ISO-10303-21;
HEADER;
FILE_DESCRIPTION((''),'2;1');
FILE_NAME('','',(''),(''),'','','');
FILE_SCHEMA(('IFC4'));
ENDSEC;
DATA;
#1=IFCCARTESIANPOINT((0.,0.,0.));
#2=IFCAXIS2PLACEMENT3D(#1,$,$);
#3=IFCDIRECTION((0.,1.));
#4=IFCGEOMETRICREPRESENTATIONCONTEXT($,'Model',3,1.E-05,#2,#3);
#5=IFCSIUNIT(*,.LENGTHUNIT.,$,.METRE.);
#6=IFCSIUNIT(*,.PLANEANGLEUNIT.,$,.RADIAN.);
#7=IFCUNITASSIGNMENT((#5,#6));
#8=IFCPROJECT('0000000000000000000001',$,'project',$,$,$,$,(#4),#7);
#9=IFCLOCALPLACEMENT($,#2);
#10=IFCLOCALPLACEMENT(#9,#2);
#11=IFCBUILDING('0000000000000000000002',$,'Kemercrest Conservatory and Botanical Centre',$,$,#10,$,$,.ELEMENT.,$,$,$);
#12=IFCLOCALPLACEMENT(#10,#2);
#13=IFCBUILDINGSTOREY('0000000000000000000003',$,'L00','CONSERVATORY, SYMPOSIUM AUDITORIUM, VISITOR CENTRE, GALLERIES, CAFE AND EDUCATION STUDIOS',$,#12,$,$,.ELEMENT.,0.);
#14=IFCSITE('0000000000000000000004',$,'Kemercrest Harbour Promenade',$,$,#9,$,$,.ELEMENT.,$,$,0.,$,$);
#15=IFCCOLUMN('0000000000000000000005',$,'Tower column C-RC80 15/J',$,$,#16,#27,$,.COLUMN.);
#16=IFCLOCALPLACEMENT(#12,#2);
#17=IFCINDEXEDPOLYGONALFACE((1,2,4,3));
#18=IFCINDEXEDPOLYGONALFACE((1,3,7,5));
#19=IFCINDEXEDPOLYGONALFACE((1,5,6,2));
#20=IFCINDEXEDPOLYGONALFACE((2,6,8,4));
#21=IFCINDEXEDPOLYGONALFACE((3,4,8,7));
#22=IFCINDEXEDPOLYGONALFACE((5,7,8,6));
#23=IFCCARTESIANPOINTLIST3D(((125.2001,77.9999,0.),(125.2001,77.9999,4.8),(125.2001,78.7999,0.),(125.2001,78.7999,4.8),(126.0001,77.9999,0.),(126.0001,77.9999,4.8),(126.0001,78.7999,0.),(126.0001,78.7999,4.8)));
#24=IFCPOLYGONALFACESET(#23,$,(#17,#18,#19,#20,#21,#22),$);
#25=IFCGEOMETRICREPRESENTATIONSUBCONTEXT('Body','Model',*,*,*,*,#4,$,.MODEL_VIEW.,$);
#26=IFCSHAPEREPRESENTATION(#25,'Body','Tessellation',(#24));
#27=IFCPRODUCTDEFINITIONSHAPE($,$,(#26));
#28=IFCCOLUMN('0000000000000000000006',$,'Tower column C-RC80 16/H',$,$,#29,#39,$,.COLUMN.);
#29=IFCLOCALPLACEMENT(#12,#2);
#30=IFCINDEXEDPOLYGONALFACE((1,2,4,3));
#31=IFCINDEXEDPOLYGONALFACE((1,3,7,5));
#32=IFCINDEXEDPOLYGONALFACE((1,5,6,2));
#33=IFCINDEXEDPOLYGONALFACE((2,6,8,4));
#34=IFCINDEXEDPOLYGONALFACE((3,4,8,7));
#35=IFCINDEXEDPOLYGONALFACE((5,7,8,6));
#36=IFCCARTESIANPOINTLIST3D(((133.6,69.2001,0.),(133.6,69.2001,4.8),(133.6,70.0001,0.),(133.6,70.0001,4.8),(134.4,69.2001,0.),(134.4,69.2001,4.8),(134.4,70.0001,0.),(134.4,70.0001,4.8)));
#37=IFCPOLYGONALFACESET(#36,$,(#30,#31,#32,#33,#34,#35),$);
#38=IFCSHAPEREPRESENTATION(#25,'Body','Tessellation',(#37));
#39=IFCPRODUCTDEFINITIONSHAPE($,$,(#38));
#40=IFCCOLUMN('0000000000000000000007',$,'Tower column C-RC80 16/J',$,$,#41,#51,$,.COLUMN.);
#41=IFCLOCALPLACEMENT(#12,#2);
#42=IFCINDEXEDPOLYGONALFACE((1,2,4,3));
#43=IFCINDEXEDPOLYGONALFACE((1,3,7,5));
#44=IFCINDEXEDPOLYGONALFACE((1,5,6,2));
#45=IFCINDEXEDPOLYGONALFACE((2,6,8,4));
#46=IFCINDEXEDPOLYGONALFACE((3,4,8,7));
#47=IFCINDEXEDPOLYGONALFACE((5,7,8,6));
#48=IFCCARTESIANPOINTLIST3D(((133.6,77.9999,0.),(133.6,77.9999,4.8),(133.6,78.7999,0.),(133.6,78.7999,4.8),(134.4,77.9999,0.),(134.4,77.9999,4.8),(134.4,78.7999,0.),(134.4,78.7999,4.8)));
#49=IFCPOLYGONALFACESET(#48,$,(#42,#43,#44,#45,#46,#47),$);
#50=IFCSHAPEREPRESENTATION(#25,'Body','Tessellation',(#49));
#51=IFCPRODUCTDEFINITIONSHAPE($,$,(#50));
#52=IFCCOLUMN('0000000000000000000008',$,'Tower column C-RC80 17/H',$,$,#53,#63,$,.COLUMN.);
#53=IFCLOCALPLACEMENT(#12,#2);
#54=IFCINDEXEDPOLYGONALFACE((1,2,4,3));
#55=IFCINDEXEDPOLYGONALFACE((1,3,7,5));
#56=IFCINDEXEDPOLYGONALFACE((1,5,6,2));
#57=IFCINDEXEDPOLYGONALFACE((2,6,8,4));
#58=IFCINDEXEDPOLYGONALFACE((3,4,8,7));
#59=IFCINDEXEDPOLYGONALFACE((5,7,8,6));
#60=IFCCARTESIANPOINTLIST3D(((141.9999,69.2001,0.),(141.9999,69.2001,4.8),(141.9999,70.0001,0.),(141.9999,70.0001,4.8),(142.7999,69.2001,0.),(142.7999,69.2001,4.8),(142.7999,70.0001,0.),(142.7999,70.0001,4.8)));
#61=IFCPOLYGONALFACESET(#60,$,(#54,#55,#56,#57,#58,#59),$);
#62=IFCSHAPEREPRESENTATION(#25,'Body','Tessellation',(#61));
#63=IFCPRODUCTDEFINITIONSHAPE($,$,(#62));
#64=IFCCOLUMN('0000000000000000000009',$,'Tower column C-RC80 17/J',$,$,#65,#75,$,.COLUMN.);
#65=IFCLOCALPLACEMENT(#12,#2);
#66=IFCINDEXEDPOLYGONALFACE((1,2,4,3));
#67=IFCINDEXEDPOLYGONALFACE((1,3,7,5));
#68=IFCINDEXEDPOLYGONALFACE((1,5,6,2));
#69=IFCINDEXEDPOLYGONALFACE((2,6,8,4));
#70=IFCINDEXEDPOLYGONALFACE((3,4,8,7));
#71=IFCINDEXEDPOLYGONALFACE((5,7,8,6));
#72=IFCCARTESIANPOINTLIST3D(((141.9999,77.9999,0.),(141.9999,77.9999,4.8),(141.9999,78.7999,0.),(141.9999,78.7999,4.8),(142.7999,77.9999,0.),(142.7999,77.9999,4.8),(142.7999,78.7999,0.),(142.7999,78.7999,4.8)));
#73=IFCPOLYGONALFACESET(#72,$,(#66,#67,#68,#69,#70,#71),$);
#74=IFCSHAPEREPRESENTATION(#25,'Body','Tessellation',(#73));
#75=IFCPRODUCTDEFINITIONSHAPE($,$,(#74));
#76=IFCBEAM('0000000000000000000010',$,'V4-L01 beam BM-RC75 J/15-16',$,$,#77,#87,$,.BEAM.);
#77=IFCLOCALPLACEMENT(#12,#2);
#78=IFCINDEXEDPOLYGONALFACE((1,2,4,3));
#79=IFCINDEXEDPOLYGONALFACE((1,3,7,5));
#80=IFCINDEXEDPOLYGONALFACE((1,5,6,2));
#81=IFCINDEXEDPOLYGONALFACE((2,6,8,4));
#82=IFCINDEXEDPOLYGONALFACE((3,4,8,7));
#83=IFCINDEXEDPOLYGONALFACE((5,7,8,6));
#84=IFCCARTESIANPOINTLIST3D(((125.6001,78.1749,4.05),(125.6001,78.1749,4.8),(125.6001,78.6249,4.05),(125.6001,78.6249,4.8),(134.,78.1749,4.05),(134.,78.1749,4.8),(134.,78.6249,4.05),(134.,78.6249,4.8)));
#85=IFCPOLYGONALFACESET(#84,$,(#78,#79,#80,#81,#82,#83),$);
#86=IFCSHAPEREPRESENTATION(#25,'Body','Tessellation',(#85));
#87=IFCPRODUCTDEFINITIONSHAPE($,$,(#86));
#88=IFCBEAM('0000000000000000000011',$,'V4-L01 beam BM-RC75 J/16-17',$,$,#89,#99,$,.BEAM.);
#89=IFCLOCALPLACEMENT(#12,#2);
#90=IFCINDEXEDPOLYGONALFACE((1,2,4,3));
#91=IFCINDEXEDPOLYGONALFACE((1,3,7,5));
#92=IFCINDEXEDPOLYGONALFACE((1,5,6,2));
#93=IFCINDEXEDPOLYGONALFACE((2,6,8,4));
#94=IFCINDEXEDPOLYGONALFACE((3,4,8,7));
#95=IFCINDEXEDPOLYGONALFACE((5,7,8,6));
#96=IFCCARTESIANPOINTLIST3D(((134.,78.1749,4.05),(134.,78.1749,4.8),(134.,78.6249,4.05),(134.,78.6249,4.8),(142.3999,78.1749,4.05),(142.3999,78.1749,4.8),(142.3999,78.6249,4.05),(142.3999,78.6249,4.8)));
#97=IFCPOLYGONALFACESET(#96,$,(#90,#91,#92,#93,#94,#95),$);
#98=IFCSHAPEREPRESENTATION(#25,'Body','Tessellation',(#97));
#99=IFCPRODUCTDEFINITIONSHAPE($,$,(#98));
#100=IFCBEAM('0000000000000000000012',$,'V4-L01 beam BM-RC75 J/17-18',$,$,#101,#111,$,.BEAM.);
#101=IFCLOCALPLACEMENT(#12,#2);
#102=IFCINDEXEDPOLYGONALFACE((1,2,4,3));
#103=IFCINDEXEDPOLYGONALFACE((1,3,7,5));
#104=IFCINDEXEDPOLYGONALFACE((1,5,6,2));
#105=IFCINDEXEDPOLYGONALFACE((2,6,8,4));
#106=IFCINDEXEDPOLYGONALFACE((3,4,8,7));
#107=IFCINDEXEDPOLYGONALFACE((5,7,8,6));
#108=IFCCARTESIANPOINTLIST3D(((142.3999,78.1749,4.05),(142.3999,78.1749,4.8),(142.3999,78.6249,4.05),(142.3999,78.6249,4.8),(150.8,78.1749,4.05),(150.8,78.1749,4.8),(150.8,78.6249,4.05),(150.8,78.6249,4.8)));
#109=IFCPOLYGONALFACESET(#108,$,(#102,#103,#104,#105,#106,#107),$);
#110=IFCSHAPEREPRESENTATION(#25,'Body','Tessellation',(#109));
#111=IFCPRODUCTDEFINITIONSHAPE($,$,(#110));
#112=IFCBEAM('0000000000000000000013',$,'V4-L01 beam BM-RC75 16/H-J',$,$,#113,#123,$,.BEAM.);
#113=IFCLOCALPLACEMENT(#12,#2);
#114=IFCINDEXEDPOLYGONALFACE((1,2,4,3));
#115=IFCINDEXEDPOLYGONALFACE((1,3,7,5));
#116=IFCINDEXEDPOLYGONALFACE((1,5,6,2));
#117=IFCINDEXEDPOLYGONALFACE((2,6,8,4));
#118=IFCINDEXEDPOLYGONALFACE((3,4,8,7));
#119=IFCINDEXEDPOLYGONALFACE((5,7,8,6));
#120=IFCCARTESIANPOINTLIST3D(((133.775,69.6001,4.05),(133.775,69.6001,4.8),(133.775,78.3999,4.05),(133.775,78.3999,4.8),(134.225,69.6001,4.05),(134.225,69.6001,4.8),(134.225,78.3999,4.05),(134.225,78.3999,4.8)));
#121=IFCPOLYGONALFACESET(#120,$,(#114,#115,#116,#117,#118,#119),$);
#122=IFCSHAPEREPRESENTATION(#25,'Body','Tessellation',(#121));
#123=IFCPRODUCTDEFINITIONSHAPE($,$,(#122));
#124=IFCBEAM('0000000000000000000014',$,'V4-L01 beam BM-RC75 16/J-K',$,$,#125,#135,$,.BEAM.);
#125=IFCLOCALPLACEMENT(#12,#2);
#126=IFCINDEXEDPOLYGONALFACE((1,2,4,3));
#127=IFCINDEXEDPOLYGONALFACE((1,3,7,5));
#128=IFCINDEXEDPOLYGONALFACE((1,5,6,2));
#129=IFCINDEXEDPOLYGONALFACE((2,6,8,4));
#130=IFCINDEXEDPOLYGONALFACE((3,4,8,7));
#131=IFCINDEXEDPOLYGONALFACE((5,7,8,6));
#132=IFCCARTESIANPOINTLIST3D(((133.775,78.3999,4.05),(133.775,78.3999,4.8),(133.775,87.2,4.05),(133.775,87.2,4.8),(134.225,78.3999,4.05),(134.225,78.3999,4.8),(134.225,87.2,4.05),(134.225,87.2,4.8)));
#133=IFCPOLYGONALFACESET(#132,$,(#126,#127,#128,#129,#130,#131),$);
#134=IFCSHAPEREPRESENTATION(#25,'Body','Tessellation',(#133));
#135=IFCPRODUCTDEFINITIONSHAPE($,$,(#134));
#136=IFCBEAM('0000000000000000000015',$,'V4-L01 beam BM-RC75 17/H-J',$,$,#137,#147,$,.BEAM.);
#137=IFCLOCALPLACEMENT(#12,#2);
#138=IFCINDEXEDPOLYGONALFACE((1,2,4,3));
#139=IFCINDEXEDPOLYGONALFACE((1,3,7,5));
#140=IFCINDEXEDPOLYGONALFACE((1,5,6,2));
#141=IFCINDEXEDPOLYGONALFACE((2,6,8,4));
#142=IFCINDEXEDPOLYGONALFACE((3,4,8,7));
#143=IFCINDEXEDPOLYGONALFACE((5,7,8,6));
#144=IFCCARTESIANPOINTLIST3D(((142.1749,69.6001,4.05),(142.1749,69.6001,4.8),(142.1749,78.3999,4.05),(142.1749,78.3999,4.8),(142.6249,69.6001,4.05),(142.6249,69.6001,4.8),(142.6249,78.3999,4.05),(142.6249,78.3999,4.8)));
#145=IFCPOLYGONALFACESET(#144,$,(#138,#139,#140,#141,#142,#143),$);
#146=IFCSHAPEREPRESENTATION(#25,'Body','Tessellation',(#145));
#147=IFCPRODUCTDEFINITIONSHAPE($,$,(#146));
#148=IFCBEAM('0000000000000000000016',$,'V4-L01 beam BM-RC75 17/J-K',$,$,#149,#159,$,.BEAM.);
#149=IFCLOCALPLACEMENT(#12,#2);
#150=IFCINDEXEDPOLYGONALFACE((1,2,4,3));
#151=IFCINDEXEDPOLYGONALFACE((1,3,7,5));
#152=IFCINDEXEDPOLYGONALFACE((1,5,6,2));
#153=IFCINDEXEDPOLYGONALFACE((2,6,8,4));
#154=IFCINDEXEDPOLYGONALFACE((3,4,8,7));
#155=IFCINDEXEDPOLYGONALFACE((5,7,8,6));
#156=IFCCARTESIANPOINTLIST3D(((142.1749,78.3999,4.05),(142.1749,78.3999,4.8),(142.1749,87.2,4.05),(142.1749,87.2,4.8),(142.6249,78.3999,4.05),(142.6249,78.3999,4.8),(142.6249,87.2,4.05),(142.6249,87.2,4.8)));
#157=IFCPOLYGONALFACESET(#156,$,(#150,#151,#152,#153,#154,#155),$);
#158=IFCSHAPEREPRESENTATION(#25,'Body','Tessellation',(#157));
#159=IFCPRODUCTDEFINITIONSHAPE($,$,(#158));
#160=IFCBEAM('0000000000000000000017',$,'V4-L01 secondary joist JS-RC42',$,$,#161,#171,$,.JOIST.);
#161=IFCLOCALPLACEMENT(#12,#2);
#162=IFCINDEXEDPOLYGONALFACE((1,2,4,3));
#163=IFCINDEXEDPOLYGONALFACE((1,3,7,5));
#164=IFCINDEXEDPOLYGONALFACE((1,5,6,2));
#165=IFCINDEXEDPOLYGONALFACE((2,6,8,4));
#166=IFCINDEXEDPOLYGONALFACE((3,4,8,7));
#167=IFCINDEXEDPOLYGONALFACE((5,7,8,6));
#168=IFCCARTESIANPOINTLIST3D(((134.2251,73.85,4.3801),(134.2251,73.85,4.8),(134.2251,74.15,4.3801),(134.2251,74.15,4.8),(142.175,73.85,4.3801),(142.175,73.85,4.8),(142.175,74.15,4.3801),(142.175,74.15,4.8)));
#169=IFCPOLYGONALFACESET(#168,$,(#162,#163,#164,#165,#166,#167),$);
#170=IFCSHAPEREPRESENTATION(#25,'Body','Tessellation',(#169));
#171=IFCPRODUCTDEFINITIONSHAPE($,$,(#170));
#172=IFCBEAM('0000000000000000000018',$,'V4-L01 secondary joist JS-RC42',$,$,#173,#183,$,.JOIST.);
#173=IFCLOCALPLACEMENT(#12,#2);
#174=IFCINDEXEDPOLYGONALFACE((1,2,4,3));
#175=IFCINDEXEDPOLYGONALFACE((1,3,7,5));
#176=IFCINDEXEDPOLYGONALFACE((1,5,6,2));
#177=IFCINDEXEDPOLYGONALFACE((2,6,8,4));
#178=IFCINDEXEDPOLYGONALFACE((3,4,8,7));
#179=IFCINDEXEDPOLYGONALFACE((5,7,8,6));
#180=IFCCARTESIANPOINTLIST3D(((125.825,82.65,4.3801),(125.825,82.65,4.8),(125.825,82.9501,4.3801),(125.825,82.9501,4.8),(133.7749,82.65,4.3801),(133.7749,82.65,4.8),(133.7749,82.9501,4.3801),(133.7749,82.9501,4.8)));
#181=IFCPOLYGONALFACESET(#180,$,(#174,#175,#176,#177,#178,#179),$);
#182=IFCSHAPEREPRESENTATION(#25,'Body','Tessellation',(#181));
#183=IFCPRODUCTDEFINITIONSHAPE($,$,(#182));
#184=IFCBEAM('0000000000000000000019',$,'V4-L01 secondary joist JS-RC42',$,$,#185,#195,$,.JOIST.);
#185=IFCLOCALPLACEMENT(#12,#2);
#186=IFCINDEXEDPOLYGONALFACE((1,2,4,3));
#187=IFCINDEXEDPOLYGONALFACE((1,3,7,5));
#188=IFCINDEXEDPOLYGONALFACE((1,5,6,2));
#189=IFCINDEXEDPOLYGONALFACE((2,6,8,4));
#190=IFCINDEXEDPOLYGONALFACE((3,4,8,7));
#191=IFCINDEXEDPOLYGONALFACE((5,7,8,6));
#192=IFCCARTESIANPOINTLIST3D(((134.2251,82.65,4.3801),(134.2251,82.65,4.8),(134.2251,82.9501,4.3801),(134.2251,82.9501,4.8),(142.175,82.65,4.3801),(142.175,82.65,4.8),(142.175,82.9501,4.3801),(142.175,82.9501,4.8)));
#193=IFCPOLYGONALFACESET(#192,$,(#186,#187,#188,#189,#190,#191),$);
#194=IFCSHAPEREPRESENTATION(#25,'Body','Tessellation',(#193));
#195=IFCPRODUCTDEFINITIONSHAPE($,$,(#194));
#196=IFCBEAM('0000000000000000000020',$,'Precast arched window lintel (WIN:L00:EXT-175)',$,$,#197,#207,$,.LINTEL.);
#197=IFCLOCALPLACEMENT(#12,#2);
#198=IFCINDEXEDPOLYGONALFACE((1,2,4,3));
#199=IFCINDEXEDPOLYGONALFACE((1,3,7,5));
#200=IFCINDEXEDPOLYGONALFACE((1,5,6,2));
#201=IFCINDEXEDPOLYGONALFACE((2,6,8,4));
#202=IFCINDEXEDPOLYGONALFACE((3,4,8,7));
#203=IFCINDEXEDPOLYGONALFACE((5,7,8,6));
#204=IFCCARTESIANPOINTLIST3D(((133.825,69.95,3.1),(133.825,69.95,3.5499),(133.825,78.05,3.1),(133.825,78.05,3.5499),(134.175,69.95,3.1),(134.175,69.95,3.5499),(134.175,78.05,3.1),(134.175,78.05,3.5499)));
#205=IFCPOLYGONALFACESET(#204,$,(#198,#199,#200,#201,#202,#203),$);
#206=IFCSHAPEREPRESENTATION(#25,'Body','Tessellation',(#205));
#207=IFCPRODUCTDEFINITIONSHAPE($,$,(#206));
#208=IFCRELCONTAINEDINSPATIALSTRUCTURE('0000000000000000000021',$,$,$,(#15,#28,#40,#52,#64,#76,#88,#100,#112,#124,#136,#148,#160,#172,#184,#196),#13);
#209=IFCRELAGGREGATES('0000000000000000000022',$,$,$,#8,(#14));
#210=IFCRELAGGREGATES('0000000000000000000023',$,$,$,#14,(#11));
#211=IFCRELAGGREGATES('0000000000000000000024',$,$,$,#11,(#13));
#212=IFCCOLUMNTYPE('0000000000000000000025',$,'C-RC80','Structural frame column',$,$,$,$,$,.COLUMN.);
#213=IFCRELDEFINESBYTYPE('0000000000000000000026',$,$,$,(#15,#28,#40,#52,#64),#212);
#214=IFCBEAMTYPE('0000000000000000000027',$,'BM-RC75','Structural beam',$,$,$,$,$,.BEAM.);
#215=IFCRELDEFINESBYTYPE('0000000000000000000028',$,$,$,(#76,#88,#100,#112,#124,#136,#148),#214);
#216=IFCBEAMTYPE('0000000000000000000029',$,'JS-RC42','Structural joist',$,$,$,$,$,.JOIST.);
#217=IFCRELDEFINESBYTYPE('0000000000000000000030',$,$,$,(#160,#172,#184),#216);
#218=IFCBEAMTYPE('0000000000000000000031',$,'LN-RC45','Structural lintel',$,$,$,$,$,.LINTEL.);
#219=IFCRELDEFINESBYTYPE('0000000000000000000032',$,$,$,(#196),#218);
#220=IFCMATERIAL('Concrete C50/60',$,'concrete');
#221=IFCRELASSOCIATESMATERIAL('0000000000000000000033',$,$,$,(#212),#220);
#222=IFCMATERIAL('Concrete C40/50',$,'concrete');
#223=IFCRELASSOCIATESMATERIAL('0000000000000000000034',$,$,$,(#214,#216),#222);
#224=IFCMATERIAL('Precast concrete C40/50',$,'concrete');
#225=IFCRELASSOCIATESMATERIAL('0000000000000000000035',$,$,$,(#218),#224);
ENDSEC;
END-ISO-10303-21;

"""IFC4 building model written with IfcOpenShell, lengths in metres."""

from ifc_helpers import new_model, si_unit, direction, frame, origin, origin_2d, place, context, subcontext, project, spatial, rectangle, extrude, material, material_profile, profile_set, type_object, element, save


model = new_model("IFC4")

# Units and contexts
model_context = context("Model", 3, precision=1e-05, world=origin(), true_north=direction((0.0, 1.0)))
body_context = subcontext(model_context, "Body", "Model", "MODEL_VIEW")
ifc_project = project(units=[si_unit("LENGTHUNIT", "METRE"), si_unit("PLANEANGLEUNIT", "RADIAN")], contexts=[model_context])

# Site, building, storey
site_placement = place(None, origin())
site = spatial("IfcSite", under=ifc_project, at=site_placement, Name="Kemercrest Harbour Promenade", CompositionType="ELEMENT", RefElevation=0.0)
building_placement = place(site_placement, origin())
building = spatial("IfcBuilding", under=site, at=building_placement, Name="Kemercrest Conservatory and Botanical Centre", CompositionType="ELEMENT")
storey_placement = place(building_placement, origin())
storey = spatial("IfcBuildingStorey", under=building, at=storey_placement, Name="L00", Description="CONSERVATORY, SYMPOSIUM AUDITORIUM, VISITOR CENTRE, GALLERIES, CAFE AND EDUCATION STUDIOS", CompositionType="ELEMENT", Elevation=0.0)

# Columns
ifc_material_1 = material(Name="Concrete C50/60", Category="concrete")
ifc_material_profile_1 = material_profile(ifc_material_1, rectangle(XDim=0.8, YDim=0.8, at=origin_2d()), Name="RC 800x800")
ifc_profile_set_1 = profile_set([ifc_material_profile_1], Name="Concrete C50/60")
column_type = type_object("IfcColumnType", Name="C-RC80", Description="Structural frame column", PredefinedType="COLUMN", material=ifc_profile_set_1)
for number, where, z_axis, x_axis, name in (
    (1, (125.6001, 78.3999, 0.0), (0.0, 0.0, 1.0), (1.0, 0.0, 0.0), "Tower column C-RC80 15/J"),
    (2, (134.0, 69.6001, 0.0), (0.0, 0.0, 1.0), (1.0, 0.0, 0.0), "Tower column C-RC80 16/H"),
    (3, (134.0, 78.3999, 0.0), (0.0, 0.0, 1.0), (1.0, 0.0, 0.0), "Tower column C-RC80 16/J"),
    (4, (142.3999, 69.6001, 0.0), (0.0, 0.0, 1.0), (1.0, 0.0, 0.0), "Tower column C-RC80 17/H"),
    (5, (142.3999, 78.3999, 0.0), (0.0, 0.0, 1.0), (1.0, 0.0, 0.0), "Tower column C-RC80 17/J"),
):
    element("IfcColumn", number, at=place(storey_placement, frame(where, z_axis=z_axis, x_axis=x_axis)), inside=storey, type_object=column_type, Name=name, PredefinedType="COLUMN", context=body_context, shape_type="SweptSolid", body=[
        extrude(rectangle(XDim=0.8, YDim=0.8, at=origin_2d()), origin(), (0.0, 0.0, 1.0), 4.8),
    ])

# Beams
ifc_material_2 = material(Name="Concrete C40/50", Category="concrete")
ifc_material_profile_2 = material_profile(ifc_material_2, rectangle(XDim=0.45, YDim=0.75, at=origin_2d()), Name="RC 450x750")
ifc_profile_set_2 = profile_set([ifc_material_profile_2], Name="Concrete C40/50")
beam_type_1 = type_object("IfcBeamType", Name="BM-RC75", Description="Structural beam", PredefinedType="BEAM", material=ifc_profile_set_2)
for number, where, z_axis, x_axis, name in (
    (6, (125.6001, 78.3999, 4.425), (1.0, 0.0, 0.0), (0.0, 1.0, 0.0), "V4-L01 beam BM-RC75 J/15-16"),
    (7, (134.0, 78.3999, 4.425), (1.0, 0.0, 0.0), (0.0, 1.0, 0.0), "V4-L01 beam BM-RC75 J/16-17"),
):
    element("IfcBeam", number, at=place(storey_placement, frame(where, z_axis=z_axis, x_axis=x_axis)), inside=storey, type_object=beam_type_1, Name=name, PredefinedType="BEAM", context=body_context, shape_type="SweptSolid", body=[
        extrude(rectangle(XDim=0.45, YDim=0.75, at=origin_2d()), origin(), (0.0, 0.0, 1.0), 8.3999),
    ])
beam_1_placement = place(storey_placement, frame((142.3999, 78.3999, 4.425), z_axis=(1.0, 0.0, 0.0), x_axis=(0.0, 1.0, 0.0)))
element("IfcBeam", 8, at=beam_1_placement, inside=storey, type_object=beam_type_1, Name="V4-L01 beam BM-RC75 J/17-18", PredefinedType="BEAM", context=body_context, shape_type="SweptSolid", body=[
    extrude(rectangle(XDim=0.45, YDim=0.75, at=origin_2d()), origin(), (0.0, 0.0, 1.0), 8.4001),
])
beam_2_placement = place(storey_placement, frame((134.0, 69.6001, 4.425), z_axis=(0.0, 1.0, 0.0), x_axis=(-1.0, 0.0, 0.0)))
element("IfcBeam", 9, at=beam_2_placement, inside=storey, type_object=beam_type_1, Name="V4-L01 beam BM-RC75 16/H-J", PredefinedType="BEAM", context=body_context, shape_type="SweptSolid", body=[
    extrude(rectangle(XDim=0.45, YDim=0.75, at=origin_2d()), origin(), (0.0, 0.0, 1.0), 8.7998),
])
beam_3_placement = place(storey_placement, frame((134.0, 78.3999, 4.425), z_axis=(0.0, 1.0, 0.0), x_axis=(-1.0, 0.0, 0.0)))
element("IfcBeam", 10, at=beam_3_placement, inside=storey, type_object=beam_type_1, Name="V4-L01 beam BM-RC75 16/J-K", PredefinedType="BEAM", context=body_context, shape_type="SweptSolid", body=[
    extrude(rectangle(XDim=0.45, YDim=0.75, at=origin_2d()), origin(), (0.0, 0.0, 1.0), 8.8),
])
beam_4_placement = place(storey_placement, frame((142.3999, 69.6001, 4.425), z_axis=(0.0, 1.0, 0.0), x_axis=(-1.0, 0.0, 0.0)))
element("IfcBeam", 11, at=beam_4_placement, inside=storey, type_object=beam_type_1, Name="V4-L01 beam BM-RC75 17/H-J", PredefinedType="BEAM", context=body_context, shape_type="SweptSolid", body=[
    extrude(rectangle(XDim=0.45, YDim=0.75, at=origin_2d()), origin(), (0.0, 0.0, 1.0), 8.7998),
])
beam_5_placement = place(storey_placement, frame((142.3999, 78.3999, 4.425), z_axis=(0.0, 1.0, 0.0), x_axis=(-1.0, 0.0, 0.0)))
element("IfcBeam", 12, at=beam_5_placement, inside=storey, type_object=beam_type_1, Name="V4-L01 beam BM-RC75 17/J-K", PredefinedType="BEAM", context=body_context, shape_type="SweptSolid", body=[
    extrude(rectangle(XDim=0.45, YDim=0.75, at=origin_2d()), origin(), (0.0, 0.0, 1.0), 8.8),
])
ifc_material_profile_3 = material_profile(ifc_material_2, rectangle(XDim=0.3, YDim=0.4199, at=origin_2d()), Name="RC 300x420")
ifc_profile_set_3 = profile_set([ifc_material_profile_3], Name="Concrete C40/50")
beam_type_2 = type_object("IfcBeamType", Name="JS-RC42", Description="Structural joist", PredefinedType="JOIST", material=ifc_profile_set_3)
for number, where, z_axis, x_axis, name in (
    (13, (134.2251, 74.0, 4.5901), (1.0, 0.0, 0.0), (0.0, 1.0, 0.0), "V4-L01 secondary joist JS-RC42"),
    (14, (125.825, 82.8, 4.5901), (1.0, 0.0, 0.0), (0.0, 1.0, 0.0), "V4-L01 secondary joist JS-RC42"),
    (15, (134.2251, 82.8, 4.5901), (1.0, 0.0, 0.0), (0.0, 1.0, 0.0), "V4-L01 secondary joist JS-RC42"),
):
    element("IfcBeam", number, at=place(storey_placement, frame(where, z_axis=z_axis, x_axis=x_axis)), inside=storey, type_object=beam_type_2, Name=name, PredefinedType="JOIST", context=body_context, shape_type="SweptSolid", body=[
        extrude(rectangle(XDim=0.3, YDim=0.4199, at=origin_2d()), origin(), (0.0, 0.0, 1.0), 7.95),
    ])
ifc_material_3 = material(Name="Precast concrete C40/50", Category="concrete")
ifc_material_profile_4 = material_profile(ifc_material_3, rectangle(XDim=0.3501, YDim=0.45, at=origin_2d()), Name="RC 350x450")
ifc_profile_set_4 = profile_set([ifc_material_profile_4], Name="Precast concrete C40/50")
beam_type_3 = type_object("IfcBeamType", Name="LN-RC45", Description="Structural lintel", PredefinedType="LINTEL", material=ifc_profile_set_4)
beam_6_placement = place(storey_placement, frame((134.0, 78.05, 3.325), z_axis=(0.0, -1.0, 0.0), x_axis=(1.0, 0.0, 0.0)))
element("IfcBeam", 16, at=beam_6_placement, inside=storey, type_object=beam_type_3, Name="Precast arched window lintel (WIN:L00:EXT-175)", PredefinedType="LINTEL", context=body_context, shape_type="SweptSolid", body=[
    extrude(rectangle(XDim=0.3501, YDim=0.45, at=origin_2d()), origin(), (0.0, 0.0, 1.0), 8.1001),
])

save(model, "model.ifc")
